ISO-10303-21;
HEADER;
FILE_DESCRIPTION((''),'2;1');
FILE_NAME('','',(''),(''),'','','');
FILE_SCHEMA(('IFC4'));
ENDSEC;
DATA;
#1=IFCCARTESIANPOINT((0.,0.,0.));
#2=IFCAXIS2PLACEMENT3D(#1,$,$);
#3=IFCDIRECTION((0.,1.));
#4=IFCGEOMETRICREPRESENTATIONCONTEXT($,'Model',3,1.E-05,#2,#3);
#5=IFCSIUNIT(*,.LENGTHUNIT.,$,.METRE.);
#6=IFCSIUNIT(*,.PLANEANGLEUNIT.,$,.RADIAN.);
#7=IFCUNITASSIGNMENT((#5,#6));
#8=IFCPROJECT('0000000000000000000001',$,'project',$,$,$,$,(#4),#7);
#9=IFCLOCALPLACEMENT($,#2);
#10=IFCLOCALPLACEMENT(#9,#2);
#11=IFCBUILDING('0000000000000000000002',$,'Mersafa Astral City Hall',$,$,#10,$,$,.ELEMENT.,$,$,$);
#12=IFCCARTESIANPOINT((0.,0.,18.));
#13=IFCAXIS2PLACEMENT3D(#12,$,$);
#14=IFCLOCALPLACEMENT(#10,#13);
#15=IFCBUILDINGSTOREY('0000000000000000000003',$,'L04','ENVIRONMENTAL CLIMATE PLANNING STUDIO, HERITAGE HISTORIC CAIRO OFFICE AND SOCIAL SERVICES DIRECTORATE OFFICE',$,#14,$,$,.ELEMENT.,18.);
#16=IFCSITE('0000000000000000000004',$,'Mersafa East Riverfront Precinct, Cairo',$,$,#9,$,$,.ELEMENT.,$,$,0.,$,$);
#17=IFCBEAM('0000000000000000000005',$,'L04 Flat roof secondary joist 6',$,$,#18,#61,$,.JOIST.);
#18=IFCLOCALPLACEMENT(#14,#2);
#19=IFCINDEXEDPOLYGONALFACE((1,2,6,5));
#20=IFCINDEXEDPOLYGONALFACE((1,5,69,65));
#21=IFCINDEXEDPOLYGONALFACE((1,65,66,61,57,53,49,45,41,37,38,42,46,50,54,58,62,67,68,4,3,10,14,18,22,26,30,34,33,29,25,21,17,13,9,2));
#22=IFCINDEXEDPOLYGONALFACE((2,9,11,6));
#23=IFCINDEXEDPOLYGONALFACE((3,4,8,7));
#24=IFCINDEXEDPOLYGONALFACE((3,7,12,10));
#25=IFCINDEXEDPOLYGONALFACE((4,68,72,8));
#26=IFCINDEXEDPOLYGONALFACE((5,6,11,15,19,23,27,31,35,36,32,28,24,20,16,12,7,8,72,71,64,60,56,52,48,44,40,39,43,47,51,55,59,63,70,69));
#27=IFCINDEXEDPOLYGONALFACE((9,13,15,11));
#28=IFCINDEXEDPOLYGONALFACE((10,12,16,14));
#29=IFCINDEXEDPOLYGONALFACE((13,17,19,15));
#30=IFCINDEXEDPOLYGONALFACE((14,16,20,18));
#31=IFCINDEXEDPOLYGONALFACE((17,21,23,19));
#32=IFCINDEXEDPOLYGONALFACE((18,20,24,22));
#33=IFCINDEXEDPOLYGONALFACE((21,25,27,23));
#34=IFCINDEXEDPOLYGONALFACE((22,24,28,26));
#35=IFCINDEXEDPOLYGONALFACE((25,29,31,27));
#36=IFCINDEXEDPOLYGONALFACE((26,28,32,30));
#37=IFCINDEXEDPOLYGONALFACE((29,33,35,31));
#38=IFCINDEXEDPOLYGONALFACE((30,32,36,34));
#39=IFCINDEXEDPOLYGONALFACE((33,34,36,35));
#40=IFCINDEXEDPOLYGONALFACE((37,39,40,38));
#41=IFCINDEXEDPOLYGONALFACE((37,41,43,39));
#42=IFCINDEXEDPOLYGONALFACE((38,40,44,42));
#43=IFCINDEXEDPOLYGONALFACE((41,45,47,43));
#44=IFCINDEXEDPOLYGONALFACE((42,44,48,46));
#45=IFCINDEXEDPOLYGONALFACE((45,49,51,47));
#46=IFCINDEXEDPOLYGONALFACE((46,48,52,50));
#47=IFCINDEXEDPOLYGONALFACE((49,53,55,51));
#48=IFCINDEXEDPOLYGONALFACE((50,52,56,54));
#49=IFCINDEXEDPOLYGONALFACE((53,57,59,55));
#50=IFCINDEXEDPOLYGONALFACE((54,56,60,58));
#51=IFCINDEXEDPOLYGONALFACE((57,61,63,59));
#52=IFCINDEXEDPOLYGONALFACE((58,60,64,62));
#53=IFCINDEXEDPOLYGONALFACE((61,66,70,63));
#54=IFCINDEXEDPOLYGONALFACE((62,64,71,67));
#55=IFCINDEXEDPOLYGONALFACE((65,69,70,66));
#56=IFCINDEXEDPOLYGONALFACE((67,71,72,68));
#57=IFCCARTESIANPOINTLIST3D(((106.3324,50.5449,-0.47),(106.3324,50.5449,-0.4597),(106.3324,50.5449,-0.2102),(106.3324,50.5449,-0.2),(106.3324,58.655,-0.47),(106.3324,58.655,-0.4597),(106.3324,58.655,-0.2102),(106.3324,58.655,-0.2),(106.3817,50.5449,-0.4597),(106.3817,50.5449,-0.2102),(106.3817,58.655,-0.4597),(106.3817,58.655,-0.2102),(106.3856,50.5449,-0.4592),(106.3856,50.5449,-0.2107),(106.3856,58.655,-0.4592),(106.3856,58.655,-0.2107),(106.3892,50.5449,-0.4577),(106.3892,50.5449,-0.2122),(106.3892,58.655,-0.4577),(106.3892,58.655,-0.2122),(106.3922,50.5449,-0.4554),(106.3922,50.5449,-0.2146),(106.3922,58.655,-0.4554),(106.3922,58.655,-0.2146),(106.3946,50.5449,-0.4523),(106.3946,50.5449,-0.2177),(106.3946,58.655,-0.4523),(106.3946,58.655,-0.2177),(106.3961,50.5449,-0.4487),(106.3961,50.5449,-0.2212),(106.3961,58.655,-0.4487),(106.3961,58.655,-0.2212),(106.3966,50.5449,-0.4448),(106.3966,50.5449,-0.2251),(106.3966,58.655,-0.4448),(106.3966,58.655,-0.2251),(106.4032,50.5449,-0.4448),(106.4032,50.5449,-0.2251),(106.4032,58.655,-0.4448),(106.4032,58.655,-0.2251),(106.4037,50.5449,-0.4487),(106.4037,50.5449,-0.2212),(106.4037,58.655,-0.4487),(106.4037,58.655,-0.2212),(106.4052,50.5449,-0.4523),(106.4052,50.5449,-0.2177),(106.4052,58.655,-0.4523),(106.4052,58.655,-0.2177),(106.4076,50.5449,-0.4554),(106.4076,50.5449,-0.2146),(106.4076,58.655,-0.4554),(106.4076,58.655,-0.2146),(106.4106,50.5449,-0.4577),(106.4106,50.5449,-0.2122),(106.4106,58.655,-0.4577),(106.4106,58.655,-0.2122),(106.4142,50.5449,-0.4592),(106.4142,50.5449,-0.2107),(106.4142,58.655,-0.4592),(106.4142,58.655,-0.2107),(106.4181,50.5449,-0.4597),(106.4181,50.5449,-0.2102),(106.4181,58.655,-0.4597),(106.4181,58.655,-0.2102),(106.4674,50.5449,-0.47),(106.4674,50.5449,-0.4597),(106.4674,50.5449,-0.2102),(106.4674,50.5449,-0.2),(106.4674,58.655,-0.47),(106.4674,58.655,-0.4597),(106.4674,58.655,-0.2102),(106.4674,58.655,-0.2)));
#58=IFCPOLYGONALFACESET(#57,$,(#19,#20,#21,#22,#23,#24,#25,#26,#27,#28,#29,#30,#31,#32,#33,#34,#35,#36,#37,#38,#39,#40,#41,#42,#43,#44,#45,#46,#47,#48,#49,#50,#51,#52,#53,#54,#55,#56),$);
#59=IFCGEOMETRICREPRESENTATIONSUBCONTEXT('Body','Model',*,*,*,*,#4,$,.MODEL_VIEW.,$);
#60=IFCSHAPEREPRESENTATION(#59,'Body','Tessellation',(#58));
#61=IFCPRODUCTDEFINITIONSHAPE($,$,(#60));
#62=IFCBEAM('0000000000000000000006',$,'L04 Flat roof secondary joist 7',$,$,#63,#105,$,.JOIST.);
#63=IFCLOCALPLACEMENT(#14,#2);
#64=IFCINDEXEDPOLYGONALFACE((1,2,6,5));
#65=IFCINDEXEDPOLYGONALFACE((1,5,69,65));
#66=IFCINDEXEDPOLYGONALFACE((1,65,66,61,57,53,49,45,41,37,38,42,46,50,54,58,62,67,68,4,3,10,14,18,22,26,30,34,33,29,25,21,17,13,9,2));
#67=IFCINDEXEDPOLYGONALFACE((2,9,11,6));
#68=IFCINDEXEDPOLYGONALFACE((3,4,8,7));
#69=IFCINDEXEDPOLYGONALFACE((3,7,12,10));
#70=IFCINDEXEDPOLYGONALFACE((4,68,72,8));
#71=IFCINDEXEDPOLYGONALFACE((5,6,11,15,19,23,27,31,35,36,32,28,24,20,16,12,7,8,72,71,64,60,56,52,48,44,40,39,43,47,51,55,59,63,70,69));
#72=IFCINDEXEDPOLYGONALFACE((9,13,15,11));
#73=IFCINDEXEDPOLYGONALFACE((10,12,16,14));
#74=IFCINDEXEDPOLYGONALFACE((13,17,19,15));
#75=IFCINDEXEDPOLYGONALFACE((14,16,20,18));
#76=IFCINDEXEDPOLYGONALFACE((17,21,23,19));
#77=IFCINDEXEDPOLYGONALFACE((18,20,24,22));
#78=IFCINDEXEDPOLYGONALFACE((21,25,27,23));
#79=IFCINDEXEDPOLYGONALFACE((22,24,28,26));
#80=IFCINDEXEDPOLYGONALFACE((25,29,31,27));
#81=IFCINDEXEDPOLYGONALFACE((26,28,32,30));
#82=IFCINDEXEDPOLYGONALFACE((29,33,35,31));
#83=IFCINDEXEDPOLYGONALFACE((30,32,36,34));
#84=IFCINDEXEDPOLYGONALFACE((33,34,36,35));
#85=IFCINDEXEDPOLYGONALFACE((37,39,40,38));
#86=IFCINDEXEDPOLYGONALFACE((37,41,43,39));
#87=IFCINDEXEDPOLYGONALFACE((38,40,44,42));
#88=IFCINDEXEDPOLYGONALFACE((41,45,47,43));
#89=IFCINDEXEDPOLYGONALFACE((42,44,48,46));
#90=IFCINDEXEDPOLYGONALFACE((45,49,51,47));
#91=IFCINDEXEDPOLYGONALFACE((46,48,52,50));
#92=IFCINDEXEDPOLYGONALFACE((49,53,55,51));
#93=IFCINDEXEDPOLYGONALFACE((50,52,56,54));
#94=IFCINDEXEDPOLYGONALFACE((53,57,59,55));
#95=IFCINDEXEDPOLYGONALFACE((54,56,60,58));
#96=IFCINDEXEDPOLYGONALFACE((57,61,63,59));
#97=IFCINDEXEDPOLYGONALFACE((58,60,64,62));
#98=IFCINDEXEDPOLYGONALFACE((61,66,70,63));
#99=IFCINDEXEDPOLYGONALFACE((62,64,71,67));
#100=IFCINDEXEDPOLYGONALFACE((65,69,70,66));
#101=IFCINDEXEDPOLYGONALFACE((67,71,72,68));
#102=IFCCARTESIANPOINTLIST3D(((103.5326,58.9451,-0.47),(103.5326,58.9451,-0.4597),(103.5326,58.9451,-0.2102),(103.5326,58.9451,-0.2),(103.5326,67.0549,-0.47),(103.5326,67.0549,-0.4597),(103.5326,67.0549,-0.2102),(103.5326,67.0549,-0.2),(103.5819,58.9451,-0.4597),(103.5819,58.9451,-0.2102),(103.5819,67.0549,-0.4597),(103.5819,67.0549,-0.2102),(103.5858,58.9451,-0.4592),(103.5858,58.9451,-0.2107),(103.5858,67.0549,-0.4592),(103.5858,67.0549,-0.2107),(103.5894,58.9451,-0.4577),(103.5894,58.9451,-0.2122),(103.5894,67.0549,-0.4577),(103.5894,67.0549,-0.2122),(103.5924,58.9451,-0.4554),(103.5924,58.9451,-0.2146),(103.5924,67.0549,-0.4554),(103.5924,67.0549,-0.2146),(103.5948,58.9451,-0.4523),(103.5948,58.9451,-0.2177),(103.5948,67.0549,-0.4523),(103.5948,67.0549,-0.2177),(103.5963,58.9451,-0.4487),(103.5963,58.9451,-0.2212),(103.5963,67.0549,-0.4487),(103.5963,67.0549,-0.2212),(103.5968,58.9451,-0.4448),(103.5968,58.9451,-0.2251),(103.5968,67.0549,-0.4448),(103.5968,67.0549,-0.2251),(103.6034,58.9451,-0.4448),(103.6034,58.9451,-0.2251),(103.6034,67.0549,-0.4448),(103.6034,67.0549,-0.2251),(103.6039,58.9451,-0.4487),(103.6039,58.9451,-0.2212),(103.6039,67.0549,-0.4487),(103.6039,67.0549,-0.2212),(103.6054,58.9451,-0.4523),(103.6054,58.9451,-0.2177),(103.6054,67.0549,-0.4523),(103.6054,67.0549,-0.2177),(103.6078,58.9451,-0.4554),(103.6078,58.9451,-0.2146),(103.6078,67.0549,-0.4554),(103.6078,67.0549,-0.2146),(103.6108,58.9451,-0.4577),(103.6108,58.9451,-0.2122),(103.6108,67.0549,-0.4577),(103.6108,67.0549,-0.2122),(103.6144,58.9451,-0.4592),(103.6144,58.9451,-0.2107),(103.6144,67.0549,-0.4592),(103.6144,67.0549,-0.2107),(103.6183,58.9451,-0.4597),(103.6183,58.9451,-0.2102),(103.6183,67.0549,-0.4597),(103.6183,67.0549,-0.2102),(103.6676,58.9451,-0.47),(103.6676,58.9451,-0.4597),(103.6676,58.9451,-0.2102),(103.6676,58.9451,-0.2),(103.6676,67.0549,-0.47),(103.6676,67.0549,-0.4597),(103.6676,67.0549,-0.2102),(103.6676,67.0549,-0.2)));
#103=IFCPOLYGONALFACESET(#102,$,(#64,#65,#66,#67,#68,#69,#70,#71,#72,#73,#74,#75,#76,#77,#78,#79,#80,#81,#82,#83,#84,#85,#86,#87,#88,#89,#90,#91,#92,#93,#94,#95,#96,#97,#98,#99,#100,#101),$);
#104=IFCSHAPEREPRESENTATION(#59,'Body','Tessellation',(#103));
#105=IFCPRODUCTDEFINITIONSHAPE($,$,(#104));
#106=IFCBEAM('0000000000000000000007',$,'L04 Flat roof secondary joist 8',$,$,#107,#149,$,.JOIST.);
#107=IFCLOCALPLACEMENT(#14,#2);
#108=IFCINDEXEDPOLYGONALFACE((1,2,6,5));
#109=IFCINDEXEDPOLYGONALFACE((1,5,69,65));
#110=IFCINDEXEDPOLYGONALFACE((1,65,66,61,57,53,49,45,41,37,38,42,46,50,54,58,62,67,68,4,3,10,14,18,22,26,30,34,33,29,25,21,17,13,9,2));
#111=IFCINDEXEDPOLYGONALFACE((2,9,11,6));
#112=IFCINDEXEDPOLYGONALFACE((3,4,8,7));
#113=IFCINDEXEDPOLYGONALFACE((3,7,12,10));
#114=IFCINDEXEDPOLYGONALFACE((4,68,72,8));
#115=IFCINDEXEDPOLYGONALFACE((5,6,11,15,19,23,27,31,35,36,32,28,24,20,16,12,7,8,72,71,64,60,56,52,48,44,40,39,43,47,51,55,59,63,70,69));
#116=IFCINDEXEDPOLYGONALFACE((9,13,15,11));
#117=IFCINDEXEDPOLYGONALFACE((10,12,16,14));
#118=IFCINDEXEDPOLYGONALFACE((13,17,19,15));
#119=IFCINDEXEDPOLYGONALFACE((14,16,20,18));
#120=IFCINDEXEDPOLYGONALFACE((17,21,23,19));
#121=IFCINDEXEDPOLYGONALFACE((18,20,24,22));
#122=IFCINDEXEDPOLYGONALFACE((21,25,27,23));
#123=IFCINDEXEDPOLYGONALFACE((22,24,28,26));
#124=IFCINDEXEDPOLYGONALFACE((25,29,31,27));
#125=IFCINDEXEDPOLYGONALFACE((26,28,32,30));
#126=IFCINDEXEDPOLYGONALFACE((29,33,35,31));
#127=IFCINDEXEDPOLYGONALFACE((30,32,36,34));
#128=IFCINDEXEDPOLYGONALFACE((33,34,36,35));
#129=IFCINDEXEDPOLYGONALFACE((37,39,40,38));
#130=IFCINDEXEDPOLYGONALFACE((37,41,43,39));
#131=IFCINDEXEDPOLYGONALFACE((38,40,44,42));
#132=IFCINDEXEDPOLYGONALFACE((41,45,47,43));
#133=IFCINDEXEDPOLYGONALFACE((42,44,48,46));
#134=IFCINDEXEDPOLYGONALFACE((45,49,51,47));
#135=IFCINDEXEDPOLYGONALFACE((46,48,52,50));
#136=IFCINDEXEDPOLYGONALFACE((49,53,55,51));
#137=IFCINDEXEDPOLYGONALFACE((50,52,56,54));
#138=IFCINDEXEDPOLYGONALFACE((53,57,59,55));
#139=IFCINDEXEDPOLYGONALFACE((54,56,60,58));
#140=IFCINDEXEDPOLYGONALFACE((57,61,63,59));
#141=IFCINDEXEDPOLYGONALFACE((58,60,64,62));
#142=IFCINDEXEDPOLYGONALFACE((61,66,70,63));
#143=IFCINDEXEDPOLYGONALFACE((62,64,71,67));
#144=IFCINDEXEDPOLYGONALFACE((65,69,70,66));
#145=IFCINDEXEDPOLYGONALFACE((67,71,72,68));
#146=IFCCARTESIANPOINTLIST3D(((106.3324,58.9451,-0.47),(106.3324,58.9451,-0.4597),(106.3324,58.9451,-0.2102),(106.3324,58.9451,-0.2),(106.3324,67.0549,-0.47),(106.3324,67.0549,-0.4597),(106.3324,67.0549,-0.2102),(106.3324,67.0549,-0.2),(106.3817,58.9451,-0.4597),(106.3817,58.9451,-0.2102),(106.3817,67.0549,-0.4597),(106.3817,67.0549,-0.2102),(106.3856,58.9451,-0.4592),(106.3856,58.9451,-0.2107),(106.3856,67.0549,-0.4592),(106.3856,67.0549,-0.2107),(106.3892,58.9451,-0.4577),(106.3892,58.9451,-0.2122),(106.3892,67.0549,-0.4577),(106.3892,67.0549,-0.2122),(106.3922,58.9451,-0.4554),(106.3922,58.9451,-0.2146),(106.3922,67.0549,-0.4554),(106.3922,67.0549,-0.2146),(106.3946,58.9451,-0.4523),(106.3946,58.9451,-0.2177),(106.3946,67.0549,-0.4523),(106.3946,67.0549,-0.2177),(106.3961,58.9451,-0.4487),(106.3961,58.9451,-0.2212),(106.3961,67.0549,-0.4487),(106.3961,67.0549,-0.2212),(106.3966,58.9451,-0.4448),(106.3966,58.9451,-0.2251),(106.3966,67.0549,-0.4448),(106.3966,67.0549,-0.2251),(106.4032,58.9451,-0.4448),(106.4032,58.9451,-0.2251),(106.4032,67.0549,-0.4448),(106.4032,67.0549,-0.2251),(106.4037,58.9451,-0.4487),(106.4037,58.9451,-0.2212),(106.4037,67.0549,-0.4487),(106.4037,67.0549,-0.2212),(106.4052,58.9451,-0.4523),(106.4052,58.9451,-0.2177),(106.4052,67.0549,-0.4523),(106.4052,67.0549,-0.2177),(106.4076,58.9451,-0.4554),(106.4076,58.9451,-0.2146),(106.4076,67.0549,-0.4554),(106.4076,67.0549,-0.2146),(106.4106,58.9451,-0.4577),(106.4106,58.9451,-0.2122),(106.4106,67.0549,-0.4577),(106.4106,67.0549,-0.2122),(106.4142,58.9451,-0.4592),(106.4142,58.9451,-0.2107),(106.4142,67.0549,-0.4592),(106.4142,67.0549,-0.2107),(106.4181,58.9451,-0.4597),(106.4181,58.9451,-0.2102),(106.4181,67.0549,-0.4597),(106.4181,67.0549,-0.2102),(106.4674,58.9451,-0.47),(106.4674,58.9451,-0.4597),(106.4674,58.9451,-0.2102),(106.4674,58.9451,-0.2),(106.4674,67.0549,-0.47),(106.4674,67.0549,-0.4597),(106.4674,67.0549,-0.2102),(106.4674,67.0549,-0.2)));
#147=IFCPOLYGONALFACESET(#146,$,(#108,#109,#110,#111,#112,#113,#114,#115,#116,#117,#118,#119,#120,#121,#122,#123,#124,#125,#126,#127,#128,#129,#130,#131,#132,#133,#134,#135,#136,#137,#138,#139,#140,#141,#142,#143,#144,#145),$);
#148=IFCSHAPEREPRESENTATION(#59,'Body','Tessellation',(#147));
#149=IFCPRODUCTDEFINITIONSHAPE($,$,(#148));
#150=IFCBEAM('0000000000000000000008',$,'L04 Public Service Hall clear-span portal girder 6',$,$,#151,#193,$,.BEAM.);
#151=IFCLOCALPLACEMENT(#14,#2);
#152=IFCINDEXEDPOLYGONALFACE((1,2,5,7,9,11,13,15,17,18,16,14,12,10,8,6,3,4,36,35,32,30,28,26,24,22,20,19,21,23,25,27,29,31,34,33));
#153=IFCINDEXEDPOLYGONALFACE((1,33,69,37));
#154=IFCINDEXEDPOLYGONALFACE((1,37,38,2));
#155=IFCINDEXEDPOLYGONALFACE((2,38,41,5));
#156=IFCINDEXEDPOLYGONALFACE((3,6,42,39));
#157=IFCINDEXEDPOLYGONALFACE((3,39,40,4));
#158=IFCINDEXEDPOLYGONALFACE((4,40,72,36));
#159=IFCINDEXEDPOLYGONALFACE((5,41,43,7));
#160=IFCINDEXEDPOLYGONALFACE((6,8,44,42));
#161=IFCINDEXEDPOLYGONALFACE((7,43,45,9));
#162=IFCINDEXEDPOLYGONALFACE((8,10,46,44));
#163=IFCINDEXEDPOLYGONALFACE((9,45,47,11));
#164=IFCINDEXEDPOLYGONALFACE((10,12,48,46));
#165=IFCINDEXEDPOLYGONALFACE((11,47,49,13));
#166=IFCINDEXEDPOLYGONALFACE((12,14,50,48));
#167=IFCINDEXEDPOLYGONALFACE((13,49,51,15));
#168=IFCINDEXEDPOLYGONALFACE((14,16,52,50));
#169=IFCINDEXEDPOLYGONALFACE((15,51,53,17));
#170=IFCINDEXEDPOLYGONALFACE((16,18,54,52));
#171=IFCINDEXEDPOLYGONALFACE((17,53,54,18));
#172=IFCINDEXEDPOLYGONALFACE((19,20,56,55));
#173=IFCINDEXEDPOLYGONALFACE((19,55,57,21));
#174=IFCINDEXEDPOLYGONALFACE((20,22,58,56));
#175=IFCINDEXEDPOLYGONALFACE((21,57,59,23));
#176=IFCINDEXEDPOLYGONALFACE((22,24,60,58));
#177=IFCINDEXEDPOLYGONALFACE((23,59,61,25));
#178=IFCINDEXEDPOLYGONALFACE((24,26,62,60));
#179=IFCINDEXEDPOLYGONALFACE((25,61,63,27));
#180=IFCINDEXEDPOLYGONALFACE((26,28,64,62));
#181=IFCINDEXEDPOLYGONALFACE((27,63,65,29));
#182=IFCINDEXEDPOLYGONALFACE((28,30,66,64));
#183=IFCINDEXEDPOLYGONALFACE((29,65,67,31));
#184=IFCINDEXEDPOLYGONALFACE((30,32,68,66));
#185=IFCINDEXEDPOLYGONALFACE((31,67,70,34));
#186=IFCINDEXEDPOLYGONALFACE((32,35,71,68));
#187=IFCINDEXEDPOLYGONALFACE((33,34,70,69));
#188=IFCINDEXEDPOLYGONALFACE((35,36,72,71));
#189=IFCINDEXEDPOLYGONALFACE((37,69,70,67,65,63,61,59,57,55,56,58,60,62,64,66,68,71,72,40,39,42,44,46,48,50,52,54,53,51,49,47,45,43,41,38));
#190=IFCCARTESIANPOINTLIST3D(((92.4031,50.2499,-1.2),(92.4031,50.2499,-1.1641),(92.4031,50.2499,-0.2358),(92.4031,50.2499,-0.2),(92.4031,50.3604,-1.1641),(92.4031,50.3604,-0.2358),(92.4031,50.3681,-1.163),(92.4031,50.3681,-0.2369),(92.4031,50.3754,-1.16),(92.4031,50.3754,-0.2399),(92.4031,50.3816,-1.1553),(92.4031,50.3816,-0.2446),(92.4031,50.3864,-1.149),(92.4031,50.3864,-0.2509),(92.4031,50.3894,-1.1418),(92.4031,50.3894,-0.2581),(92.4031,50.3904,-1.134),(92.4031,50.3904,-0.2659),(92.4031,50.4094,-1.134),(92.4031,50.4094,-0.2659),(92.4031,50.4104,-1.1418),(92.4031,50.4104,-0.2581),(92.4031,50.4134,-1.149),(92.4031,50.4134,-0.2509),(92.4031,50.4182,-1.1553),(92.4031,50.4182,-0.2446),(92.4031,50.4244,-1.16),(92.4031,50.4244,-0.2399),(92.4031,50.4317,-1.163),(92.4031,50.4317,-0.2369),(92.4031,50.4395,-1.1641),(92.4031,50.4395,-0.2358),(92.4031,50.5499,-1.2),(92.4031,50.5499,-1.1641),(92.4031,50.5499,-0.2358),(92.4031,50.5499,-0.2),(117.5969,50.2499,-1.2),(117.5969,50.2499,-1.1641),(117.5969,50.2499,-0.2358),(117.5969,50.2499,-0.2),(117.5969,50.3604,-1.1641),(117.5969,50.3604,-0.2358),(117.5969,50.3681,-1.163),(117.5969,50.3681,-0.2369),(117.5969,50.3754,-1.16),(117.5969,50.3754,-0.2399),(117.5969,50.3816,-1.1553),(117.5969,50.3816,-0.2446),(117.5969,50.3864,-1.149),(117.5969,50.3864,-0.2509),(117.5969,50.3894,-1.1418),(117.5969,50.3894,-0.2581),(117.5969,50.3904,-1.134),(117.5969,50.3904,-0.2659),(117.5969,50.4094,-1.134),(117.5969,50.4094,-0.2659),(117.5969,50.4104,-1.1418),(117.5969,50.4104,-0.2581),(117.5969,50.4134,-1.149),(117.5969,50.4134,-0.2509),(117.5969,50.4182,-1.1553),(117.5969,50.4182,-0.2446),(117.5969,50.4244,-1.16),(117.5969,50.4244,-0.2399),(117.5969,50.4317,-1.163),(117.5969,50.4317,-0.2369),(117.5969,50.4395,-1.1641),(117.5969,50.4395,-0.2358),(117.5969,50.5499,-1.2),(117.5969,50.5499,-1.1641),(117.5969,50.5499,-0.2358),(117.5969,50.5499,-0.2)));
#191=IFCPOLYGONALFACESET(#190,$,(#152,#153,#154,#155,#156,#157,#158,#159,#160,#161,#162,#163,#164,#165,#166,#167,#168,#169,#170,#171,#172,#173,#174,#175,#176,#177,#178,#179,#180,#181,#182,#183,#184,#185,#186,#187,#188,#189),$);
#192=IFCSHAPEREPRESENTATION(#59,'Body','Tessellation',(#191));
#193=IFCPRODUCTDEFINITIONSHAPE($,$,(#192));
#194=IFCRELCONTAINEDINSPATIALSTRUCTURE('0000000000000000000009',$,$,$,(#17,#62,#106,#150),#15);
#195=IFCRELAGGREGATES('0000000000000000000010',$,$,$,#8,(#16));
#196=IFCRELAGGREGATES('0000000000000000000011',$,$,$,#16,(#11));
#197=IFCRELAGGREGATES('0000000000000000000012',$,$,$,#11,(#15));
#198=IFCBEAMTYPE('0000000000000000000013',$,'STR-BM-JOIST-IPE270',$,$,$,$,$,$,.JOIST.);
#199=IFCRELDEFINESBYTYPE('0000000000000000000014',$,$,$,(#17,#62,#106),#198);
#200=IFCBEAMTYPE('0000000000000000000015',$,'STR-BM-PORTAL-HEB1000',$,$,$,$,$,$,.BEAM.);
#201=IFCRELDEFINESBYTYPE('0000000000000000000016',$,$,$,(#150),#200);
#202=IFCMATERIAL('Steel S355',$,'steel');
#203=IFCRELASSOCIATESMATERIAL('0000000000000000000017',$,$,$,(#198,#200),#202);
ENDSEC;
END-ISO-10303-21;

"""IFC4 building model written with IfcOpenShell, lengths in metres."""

from ifc_helpers import new_model, si_unit, direction, frame, origin, origin_2d, place, context, subcontext, project, spatial, i_section, extrude, material, material_profile, profile_set, type_object, element, save


model = new_model("IFC4")

# Units and contexts
model_context = context("Model", 3, precision=1e-05, world=origin(), true_north=direction((0.0, 1.0)))
body_context = subcontext(model_context, "Body", "Model", "MODEL_VIEW")
ifc_project = project(units=[si_unit("LENGTHUNIT", "METRE"), si_unit("PLANEANGLEUNIT", "RADIAN")], contexts=[model_context])

# Site, building, storey
site_placement = place(None, origin())
site = spatial("IfcSite", under=ifc_project, at=site_placement, Name="Mersafa East Riverfront Precinct, Cairo", CompositionType="ELEMENT", RefElevation=0.0)
building_placement = place(site_placement, origin())
building = spatial("IfcBuilding", under=site, at=building_placement, Name="Mersafa Astral City Hall", CompositionType="ELEMENT")
storey_placement = place(building_placement, frame((0.0, 0.0, 18.0)))
storey = spatial("IfcBuildingStorey", under=building, at=storey_placement, Name="L04", Description="ENVIRONMENTAL CLIMATE PLANNING STUDIO, HERITAGE HISTORIC CAIRO OFFICE AND SOCIAL SERVICES DIRECTORATE OFFICE", CompositionType="ELEMENT", Elevation=18.0)

# Beams
ifc_material_1 = material(Name="Steel S355", Category="steel")
ifc_material_profile_1 = material_profile(ifc_material_1, i_section(OverallWidth=0.135, OverallDepth=0.27, WebThickness=0.0066, FlangeThickness=0.0103, FilletRadius=0.0149, at=origin_2d()), Name="IPE 270")
ifc_profile_set_1 = profile_set([ifc_material_profile_1], Name="Steel S355")
beam_type_1 = type_object("IfcBeamType", Name="STR-BM-JOIST-IPE270", PredefinedType="JOIST", material=ifc_profile_set_1)
for number, where, z_axis, x_axis, name in (
    (1, (106.3999, 50.5449, -0.335), (0.0, 1.0, 0.0), (-1.0, 0.0, 0.0), "L04 Flat roof secondary joist 6"),
):
    element("IfcBeam", number, at=place(storey_placement, frame(where, z_axis=z_axis, x_axis=x_axis)), inside=storey, type_object=beam_type_1, Name=name, PredefinedType="JOIST", context=body_context, shape_type="SweptSolid", body=[
        extrude(i_section(OverallWidth=0.135, OverallDepth=0.27, WebThickness=0.0066, FlangeThickness=0.0103, FilletRadius=0.0149, at=origin_2d()), origin(), (0.0, 0.0, 1.0), 8.1101),
    ])
for number, where, z_axis, x_axis, name in (
    (2, (103.6001, 58.9451, -0.335), (0.0, 1.0, 0.0), (-1.0, 0.0, 0.0), "L04 Flat roof secondary joist 7"),
    (3, (106.3999, 58.9451, -0.335), (0.0, 1.0, 0.0), (-1.0, 0.0, 0.0), "L04 Flat roof secondary joist 8"),
):
    element("IfcBeam", number, at=place(storey_placement, frame(where, z_axis=z_axis, x_axis=x_axis)), inside=storey, type_object=beam_type_1, Name=name, PredefinedType="JOIST", context=body_context, shape_type="SweptSolid", body=[
        extrude(i_section(OverallWidth=0.135, OverallDepth=0.27, WebThickness=0.0066, FlangeThickness=0.0103, FilletRadius=0.0149, at=origin_2d()), origin(), (0.0, 0.0, 1.0), 8.1099),
    ])
ifc_material_profile_2 = material_profile(ifc_material_1, i_section(OverallWidth=0.3, OverallDepth=1.0, WebThickness=0.019, FlangeThickness=0.0359, FilletRadius=0.03, at=origin_2d()), Name="HEB 1000")
ifc_profile_set_2 = profile_set([ifc_material_profile_2], Name="Steel S355")
beam_type_2 = type_object("IfcBeamType", Name="STR-BM-PORTAL-HEB1000", PredefinedType="BEAM", material=ifc_profile_set_2)
for number, where, z_axis, x_axis, name in (
    (4, (92.4031, 50.3999, -0.7), (1.0, 0.0, 0.0), (0.0, 1.0, 0.0), "L04 Public Service Hall clear-span portal girder 6"),
):
    element("IfcBeam", number, at=place(storey_placement, frame(where, z_axis=z_axis, x_axis=x_axis)), inside=storey, type_object=beam_type_2, Name=name, PredefinedType="BEAM", context=body_context, shape_type="SweptSolid", body=[
        extrude(i_section(OverallWidth=0.3, OverallDepth=1.0, WebThickness=0.019, FlangeThickness=0.0359, FilletRadius=0.03, at=origin_2d()), origin(), (0.0, 0.0, 1.0), 25.1938),
    ])

save(model, "model.ifc")
